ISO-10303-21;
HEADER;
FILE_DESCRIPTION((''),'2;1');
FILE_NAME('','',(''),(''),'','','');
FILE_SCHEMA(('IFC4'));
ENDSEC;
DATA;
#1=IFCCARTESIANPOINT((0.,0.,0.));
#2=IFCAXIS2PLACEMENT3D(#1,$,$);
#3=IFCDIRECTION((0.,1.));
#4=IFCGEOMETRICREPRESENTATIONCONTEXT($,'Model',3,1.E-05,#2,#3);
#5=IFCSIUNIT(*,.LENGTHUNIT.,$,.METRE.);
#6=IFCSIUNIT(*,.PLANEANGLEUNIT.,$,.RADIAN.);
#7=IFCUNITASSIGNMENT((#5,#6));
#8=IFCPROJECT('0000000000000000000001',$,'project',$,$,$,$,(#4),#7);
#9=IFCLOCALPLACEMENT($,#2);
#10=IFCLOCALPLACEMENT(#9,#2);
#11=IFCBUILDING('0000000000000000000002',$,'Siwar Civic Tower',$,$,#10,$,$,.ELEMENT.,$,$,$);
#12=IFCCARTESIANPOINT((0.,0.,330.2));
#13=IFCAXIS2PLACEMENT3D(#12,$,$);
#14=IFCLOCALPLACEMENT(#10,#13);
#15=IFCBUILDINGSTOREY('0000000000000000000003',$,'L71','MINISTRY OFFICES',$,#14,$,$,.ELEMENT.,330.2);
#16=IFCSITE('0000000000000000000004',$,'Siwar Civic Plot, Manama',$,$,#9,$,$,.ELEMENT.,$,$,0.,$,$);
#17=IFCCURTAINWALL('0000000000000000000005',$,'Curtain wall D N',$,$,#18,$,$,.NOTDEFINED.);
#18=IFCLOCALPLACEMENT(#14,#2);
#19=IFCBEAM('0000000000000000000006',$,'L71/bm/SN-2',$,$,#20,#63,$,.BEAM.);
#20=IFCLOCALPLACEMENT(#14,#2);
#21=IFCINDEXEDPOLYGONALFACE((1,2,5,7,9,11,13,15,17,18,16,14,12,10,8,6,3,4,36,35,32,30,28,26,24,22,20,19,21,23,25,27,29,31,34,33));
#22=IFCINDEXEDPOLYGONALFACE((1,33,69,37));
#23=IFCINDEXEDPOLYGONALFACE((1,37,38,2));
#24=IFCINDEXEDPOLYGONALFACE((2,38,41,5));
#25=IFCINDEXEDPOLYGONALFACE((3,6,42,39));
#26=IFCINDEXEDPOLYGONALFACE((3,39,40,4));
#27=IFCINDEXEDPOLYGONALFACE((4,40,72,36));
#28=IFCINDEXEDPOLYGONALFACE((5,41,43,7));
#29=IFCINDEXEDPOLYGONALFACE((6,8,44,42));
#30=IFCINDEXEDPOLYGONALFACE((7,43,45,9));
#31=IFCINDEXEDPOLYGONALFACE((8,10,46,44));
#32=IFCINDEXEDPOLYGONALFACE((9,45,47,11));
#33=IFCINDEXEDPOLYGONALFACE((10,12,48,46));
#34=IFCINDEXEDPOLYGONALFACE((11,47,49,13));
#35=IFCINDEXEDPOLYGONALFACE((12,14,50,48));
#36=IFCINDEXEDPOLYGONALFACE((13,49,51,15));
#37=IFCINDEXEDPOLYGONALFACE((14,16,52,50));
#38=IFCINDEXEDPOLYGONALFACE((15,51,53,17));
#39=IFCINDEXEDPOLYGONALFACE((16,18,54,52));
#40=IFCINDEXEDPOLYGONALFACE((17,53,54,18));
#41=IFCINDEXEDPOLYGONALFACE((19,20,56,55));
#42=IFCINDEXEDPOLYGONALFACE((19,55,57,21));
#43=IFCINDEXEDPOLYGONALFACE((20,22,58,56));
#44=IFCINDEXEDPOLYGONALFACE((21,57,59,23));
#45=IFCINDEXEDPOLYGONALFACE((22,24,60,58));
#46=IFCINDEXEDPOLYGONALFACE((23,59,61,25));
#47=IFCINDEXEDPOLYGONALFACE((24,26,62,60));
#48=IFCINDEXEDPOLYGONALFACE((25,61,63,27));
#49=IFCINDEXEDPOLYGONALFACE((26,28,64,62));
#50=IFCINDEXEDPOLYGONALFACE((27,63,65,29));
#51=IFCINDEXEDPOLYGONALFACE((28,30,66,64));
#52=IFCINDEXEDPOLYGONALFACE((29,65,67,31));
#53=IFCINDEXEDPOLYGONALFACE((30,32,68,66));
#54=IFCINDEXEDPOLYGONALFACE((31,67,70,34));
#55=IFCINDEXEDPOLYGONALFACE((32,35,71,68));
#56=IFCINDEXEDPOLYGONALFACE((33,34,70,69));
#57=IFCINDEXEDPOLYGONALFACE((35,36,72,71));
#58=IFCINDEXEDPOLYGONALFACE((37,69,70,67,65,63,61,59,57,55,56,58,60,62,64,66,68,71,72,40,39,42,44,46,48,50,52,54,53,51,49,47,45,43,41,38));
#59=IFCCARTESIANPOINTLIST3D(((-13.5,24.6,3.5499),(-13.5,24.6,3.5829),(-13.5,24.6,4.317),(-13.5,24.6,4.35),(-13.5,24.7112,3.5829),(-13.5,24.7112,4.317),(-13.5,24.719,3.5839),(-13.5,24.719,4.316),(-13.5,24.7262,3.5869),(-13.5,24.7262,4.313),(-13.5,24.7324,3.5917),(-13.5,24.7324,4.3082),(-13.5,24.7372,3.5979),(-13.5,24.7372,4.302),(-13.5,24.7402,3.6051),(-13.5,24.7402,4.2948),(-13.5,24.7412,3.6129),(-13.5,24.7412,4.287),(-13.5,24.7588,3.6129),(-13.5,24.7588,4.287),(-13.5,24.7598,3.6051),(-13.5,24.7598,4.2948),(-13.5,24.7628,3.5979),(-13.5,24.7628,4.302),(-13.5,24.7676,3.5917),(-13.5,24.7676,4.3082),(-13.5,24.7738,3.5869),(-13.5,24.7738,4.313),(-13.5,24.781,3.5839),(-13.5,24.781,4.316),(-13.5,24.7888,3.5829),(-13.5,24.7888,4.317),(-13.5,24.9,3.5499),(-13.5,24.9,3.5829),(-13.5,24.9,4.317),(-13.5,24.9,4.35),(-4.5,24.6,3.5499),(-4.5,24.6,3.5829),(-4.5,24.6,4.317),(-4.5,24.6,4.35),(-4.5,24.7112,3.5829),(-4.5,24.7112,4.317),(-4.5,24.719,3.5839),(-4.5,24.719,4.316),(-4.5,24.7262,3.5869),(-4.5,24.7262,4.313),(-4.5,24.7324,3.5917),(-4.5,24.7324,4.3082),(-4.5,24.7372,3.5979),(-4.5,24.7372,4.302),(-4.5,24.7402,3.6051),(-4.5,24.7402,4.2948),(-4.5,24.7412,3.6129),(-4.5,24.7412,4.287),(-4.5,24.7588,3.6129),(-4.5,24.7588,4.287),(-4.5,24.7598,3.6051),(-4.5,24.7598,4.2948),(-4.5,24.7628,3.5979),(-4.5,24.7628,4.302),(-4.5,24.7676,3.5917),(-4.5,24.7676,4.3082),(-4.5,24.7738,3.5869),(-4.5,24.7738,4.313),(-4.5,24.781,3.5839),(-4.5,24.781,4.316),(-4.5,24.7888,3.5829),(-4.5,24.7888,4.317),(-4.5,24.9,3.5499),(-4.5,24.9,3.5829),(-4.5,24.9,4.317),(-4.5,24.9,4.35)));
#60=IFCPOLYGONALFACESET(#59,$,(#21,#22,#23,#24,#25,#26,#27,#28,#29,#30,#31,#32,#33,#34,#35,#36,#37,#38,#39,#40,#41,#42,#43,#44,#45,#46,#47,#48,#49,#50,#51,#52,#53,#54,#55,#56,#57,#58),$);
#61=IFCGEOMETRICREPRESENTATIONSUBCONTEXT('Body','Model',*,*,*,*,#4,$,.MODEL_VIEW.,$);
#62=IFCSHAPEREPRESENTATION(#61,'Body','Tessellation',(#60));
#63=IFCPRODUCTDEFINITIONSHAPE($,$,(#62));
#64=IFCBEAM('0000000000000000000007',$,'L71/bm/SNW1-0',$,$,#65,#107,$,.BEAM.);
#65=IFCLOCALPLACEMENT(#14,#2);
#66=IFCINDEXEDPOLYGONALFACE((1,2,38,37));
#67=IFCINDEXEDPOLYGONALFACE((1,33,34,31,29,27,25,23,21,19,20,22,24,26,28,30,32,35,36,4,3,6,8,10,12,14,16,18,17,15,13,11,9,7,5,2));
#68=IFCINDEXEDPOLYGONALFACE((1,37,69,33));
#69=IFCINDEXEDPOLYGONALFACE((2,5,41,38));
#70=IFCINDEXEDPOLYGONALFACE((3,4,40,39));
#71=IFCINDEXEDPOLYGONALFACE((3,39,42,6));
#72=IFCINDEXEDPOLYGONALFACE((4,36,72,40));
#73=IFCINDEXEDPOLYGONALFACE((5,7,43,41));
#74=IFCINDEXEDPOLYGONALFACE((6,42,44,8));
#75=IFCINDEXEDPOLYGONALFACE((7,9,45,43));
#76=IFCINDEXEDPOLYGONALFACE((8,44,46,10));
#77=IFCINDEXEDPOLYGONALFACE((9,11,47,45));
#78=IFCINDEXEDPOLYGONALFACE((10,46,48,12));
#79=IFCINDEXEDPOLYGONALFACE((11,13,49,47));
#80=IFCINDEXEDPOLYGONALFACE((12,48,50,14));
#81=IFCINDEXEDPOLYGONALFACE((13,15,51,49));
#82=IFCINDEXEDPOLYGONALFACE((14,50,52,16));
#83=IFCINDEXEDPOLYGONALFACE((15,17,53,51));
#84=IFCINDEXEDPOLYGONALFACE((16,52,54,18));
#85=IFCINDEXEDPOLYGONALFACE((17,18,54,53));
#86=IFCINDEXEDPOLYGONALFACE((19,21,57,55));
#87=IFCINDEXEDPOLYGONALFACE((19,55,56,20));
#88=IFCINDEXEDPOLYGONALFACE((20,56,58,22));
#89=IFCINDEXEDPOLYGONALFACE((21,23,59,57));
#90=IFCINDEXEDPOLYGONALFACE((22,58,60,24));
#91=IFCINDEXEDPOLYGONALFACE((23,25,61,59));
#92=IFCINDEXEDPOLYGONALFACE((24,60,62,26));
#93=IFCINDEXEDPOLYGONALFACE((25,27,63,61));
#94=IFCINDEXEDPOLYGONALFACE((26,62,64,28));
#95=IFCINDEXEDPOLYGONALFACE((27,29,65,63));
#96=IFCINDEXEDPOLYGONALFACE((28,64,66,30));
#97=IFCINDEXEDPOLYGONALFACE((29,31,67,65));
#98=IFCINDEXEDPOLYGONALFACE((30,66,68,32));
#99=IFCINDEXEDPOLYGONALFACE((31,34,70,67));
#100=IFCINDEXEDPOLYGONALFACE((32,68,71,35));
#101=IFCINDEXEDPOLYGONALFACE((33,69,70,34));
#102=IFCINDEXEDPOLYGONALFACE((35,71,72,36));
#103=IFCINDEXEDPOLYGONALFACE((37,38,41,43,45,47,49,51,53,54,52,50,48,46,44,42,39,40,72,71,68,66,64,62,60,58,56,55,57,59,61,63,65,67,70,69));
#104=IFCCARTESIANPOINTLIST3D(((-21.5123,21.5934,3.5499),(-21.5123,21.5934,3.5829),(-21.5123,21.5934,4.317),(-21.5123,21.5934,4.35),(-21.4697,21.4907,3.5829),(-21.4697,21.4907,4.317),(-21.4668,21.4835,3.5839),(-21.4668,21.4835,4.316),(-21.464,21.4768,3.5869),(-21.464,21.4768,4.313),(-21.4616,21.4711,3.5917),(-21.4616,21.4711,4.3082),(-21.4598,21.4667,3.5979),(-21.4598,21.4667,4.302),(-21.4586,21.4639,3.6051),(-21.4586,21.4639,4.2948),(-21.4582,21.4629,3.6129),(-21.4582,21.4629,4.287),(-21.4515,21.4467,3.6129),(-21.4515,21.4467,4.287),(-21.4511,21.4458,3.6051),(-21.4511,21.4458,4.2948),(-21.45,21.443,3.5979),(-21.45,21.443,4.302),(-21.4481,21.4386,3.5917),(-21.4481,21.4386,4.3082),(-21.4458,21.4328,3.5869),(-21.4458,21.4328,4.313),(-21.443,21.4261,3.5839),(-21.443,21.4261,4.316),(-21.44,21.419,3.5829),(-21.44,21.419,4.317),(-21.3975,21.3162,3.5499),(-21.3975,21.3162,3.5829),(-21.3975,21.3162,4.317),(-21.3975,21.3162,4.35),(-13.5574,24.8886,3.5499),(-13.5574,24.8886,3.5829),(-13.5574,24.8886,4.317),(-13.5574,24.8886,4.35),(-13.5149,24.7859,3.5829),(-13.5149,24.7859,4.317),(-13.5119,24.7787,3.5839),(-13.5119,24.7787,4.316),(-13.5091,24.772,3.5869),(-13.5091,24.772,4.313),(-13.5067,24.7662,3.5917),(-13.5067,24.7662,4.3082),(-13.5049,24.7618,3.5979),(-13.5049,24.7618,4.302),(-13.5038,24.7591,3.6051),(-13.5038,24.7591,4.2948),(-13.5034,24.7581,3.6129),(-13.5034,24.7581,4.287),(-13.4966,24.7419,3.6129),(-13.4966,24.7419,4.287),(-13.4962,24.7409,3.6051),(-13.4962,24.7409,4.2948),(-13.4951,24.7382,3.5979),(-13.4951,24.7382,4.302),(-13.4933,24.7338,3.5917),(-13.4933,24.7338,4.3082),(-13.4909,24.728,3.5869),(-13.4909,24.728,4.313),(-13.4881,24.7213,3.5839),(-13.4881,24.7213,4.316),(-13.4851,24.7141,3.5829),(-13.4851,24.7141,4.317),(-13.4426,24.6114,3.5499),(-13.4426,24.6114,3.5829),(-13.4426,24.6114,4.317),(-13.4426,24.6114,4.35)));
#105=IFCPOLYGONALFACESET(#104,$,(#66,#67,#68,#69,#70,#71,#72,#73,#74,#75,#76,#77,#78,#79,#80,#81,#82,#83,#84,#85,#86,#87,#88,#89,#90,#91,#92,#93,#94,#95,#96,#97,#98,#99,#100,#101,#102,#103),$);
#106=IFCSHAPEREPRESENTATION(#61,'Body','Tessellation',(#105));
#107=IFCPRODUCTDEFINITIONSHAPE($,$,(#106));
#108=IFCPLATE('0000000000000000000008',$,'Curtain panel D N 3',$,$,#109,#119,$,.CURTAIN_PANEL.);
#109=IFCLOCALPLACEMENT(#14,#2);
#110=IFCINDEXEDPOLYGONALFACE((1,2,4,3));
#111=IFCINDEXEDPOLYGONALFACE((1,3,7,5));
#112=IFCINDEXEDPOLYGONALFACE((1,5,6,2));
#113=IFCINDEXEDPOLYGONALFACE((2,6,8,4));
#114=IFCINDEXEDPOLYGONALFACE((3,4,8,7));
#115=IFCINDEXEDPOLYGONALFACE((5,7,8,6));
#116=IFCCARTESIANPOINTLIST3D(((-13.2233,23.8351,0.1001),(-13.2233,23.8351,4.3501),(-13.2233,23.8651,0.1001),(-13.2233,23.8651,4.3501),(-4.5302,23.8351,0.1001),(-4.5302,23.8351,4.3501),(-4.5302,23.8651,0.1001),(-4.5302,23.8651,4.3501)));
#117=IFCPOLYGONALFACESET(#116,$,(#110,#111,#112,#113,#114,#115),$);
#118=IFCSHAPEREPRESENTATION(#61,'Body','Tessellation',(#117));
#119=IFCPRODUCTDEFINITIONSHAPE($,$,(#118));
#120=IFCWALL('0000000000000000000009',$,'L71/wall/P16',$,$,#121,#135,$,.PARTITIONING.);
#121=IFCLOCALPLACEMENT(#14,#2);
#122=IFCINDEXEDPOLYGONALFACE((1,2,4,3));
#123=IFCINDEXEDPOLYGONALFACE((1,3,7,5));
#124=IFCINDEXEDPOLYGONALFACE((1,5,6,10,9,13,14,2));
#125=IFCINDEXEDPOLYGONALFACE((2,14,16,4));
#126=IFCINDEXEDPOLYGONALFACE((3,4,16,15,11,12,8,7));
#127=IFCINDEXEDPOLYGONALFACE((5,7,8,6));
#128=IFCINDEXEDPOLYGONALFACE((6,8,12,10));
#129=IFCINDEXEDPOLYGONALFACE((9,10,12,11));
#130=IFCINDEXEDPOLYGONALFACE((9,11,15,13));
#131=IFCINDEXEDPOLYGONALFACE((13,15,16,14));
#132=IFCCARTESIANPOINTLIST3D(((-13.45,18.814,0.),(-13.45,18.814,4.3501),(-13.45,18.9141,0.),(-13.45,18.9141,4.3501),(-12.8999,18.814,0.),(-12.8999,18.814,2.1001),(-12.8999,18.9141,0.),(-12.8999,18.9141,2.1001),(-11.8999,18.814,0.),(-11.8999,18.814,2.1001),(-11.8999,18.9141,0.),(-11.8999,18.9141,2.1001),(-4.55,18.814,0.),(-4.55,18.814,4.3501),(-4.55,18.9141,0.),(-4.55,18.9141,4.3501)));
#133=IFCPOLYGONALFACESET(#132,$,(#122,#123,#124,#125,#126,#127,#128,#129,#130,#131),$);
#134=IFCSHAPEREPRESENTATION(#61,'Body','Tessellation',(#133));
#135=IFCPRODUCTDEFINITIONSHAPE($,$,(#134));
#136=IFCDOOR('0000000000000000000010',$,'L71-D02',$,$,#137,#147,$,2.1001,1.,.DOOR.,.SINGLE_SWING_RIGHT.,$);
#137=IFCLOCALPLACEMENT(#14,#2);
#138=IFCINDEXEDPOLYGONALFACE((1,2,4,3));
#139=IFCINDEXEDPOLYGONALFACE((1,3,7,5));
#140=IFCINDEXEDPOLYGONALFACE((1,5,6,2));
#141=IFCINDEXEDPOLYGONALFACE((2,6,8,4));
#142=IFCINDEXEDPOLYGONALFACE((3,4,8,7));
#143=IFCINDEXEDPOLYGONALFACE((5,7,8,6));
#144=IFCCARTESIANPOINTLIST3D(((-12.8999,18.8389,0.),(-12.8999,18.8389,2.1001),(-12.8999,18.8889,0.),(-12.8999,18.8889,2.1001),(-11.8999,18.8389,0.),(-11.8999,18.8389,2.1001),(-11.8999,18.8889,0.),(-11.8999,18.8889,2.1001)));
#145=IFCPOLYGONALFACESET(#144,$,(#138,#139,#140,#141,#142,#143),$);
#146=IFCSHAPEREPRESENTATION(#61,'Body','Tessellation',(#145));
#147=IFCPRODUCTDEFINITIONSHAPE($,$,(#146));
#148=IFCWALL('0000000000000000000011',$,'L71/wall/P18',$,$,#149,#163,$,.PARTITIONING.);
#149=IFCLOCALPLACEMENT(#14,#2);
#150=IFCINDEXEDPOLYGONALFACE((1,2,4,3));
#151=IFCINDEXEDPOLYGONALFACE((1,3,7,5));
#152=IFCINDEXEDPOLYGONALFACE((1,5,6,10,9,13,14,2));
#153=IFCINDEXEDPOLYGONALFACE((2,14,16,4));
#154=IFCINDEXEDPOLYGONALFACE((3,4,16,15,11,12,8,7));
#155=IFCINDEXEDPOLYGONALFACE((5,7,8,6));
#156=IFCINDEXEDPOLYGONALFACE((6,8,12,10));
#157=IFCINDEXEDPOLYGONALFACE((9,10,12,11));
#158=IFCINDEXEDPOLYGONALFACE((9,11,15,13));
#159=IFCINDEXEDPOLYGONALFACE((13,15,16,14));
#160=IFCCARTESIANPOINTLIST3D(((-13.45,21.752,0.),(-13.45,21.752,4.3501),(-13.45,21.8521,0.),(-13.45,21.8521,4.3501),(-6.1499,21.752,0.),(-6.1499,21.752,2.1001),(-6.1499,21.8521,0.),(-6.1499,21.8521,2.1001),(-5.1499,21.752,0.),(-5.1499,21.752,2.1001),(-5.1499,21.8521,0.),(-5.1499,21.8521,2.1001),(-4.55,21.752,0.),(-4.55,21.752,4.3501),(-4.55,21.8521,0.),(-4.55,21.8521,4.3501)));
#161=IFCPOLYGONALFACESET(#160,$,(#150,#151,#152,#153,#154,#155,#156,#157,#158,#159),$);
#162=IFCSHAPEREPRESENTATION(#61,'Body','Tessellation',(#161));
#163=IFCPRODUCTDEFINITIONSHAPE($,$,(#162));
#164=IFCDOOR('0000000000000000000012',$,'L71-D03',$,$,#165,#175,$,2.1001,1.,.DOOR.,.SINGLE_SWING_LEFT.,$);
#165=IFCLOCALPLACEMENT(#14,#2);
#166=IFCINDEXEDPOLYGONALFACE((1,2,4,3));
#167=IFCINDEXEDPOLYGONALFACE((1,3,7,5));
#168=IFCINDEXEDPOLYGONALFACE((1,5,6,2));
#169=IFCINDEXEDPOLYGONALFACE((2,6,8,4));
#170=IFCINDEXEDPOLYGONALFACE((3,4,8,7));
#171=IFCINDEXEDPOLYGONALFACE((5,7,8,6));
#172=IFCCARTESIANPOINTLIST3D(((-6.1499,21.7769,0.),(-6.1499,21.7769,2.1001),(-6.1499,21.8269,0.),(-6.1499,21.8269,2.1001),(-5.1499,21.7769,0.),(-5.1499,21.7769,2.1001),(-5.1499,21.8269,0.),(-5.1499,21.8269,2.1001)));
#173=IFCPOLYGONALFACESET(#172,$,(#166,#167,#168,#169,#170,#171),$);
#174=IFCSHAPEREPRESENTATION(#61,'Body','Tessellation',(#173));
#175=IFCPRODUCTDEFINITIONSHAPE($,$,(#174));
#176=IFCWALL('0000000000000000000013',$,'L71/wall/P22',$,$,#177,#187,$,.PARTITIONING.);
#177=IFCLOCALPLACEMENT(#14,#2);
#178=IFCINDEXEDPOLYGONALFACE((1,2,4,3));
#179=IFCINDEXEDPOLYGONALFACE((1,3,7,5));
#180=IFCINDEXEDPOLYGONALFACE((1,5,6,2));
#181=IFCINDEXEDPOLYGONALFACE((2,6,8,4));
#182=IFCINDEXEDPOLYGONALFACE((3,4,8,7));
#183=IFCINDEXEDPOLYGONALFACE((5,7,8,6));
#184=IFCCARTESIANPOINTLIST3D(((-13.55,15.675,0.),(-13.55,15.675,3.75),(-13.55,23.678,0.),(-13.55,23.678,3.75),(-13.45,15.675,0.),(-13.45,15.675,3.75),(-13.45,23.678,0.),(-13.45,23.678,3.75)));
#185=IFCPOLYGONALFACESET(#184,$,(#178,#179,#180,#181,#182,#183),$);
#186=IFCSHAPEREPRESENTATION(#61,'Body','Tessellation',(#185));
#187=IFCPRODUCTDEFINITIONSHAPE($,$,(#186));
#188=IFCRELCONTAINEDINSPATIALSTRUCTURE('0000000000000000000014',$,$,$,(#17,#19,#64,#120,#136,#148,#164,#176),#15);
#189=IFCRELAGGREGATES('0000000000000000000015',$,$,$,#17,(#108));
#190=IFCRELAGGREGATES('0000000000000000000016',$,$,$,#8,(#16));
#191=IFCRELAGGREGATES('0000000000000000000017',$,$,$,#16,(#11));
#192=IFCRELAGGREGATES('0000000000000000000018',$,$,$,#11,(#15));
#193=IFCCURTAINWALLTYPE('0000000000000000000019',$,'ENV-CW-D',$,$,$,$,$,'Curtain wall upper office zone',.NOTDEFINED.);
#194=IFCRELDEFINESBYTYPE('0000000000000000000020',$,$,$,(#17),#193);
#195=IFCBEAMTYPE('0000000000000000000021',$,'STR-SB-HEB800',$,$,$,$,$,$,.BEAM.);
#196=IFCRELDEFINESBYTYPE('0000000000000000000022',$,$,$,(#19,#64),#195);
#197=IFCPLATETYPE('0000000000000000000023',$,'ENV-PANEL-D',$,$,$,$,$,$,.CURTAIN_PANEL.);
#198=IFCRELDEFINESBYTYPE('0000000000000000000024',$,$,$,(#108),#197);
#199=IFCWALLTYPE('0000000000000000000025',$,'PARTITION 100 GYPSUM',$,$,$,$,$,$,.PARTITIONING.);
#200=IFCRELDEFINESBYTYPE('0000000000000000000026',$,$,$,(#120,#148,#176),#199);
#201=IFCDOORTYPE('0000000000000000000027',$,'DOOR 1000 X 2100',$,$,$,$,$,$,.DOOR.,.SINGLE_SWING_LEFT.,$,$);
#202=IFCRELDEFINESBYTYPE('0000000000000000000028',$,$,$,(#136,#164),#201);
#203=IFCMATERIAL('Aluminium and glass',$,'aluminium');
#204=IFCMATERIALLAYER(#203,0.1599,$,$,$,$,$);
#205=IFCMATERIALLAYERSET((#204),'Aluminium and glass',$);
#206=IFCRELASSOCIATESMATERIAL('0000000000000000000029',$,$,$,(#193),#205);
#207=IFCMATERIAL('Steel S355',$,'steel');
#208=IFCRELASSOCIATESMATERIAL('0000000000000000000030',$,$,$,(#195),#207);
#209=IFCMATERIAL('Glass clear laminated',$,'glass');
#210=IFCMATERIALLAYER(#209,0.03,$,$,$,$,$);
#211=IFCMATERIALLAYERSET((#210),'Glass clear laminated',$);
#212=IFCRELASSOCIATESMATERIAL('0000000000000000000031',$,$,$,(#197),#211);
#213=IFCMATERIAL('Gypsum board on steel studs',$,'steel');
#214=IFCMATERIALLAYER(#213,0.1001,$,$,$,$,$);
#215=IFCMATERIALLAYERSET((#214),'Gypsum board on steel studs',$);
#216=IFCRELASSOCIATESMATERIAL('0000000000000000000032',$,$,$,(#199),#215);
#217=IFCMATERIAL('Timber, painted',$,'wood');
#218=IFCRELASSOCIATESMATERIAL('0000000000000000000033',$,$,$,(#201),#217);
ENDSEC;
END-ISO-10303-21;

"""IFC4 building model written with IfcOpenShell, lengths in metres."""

from ifc_helpers import new_model, si_unit, direction, frame, frame_2d, origin, origin_2d, place, context, subcontext, project, spatial, rectangle, i_section, extrude, material, layer, layer_set, material_profile, profile_set, type_object, element, fill, aggregate, save


model = new_model("IFC4")

# Units and contexts
model_context = context("Model", 3, precision=1e-05, world=origin(), true_north=direction((0.0, 1.0)))
body_context = subcontext(model_context, "Body", "Model", "MODEL_VIEW")
ifc_project = project(units=[si_unit("LENGTHUNIT", "METRE"), si_unit("PLANEANGLEUNIT", "RADIAN")], contexts=[model_context])

# Site, building, storey
site_placement = place(None, origin())
site = spatial("IfcSite", under=ifc_project, at=site_placement, Name="Siwar Civic Plot, Manama", CompositionType="ELEMENT", RefElevation=0.0)
building_placement = place(site_placement, origin())
building = spatial("IfcBuilding", under=site, at=building_placement, Name="Siwar Civic Tower", CompositionType="ELEMENT")
storey_placement = place(building_placement, frame((0.0, 0.0, 330.2)))
storey = spatial("IfcBuildingStorey", under=building, at=storey_placement, Name="L71", Description="MINISTRY OFFICES", CompositionType="ELEMENT", Elevation=330.2)

# Curtain wall
ifc_material_1 = material(Name="Aluminium and glass", Category="aluminium")
ifc_layer_1 = layer(ifc_material_1, 0.1599)
ifc_layer_set_1 = layer_set([ifc_layer_1], Name="Aluminium and glass")
curtain_wall_type_1 = type_object("IfcCurtainWallType", Name="ENV-CW-D", ElementType="Curtain wall upper office zone", PredefinedType="NOTDEFINED", material=ifc_layer_set_1)
curtain_wall_1_placement = place(storey_placement, origin())
curtain_wall_1 = element("IfcCurtainWall", 1, at=curtain_wall_1_placement, inside=storey, type_object=curtain_wall_type_1, Name="Curtain wall D N", PredefinedType="NOTDEFINED")

# Beams
ifc_material_2 = material(Name="Steel S355", Category="steel")
ifc_material_profile_1 = material_profile(ifc_material_2, i_section(OverallWidth=0.3, OverallDepth=0.8, WebThickness=0.0176, FlangeThickness=0.033, FilletRadius=0.03, at=origin_2d()), Name="HEB800")
ifc_profile_set_1 = profile_set([ifc_material_profile_1], Name="Steel S355")
beam_type_1 = type_object("IfcBeamType", Name="STR-SB-HEB800", PredefinedType="BEAM", material=ifc_profile_set_1)
beam_1_placement = place(storey_placement, frame((-4.5, 24.75, 3.95), z_axis=(-1.0, 0.0, 0.0), x_axis=(0.0, -1.0, 0.0)))
element("IfcBeam", 2, at=beam_1_placement, inside=storey, type_object=beam_type_1, Name="L71/bm/SN-2", PredefinedType="BEAM", context=body_context, shape_type="SweptSolid", body=[
    extrude(i_section(OverallWidth=0.3, OverallDepth=0.8, WebThickness=0.0176, FlangeThickness=0.033, FilletRadius=0.03, at=origin_2d()), origin(), (0.0, 0.0, 1.0), 9.0),
])
beam_2_placement = place(storey_placement, frame((-13.5, 24.75, 3.95), z_axis=(-0.923873, -0.3827, 0.0), x_axis=(0.3827, -0.923873, 0.0)))
element("IfcBeam", 3, at=beam_2_placement, inside=storey, type_object=beam_type_1, Name="L71/bm/SNW1-0", PredefinedType="BEAM", context=body_context, shape_type="SweptSolid", body=[
    extrude(i_section(OverallWidth=0.3, OverallDepth=0.8, WebThickness=0.0176, FlangeThickness=0.033, FilletRadius=0.03, at=origin_2d()), origin(), (0.0, 0.0, 1.0), 8.6104),
])

# Plate
ifc_material_3 = material(Name="Glass clear laminated", Category="glass")
ifc_layer_2 = layer(ifc_material_3, 0.03)
ifc_layer_set_2 = layer_set([ifc_layer_2], Name="Glass clear laminated")
plate_type = type_object("IfcPlateType", Name="ENV-PANEL-D", PredefinedType="CURTAIN_PANEL", material=ifc_layer_set_2)
plate_placement = place(storey_placement, frame((-8.8767, 23.8501, 0.1001), z_axis=(0.0, 0.0, 1.0), x_axis=(-1.0, 0.0, 0.0)))
plate = element("IfcPlate", 4, at=plate_placement, type_object=plate_type, Name="Curtain panel D N 3", PredefinedType="CURTAIN_PANEL", context=body_context, shape_type="SweptSolid", body=[
    extrude(rectangle(XDim=8.6931, YDim=0.03, at=origin_2d()), origin(), (0.0, 0.0, 1.0), 4.25),
])
aggregate(curtain_wall_1, [plate])

# Walls, openings, doors
ifc_material_4 = material(Name="Gypsum board on steel studs", Category="steel")
ifc_layer_3 = layer(ifc_material_4, 0.1001)
ifc_layer_set_3 = layer_set([ifc_layer_3], Name="Gypsum board on steel studs")
wall_type = type_object("IfcWallType", Name="PARTITION 100 GYPSUM", PredefinedType="PARTITIONING", material=ifc_layer_set_3)
wall_1_placement = place(storey_placement, frame((-13.45, 18.864, 0.0), z_axis=(0.0, 0.0, 1.0), x_axis=(1.0, 0.0, 0.0)))
wall_1 = element("IfcWall", 5, at=wall_1_placement, inside=storey, type_object=wall_type, Name="L71/wall/P16", PredefinedType="PARTITIONING", context=body_context, shape_type="SweptSolid", body=[
    extrude(rectangle(XDim=8.8999, YDim=0.1001, at=frame_2d((4.45, 0.0))), origin(), (0.0, 0.0, 1.0), 4.3501),
])
opening_1_placement = place(wall_1_placement, frame((0.55, 0.0, 0.0)))
opening_1 = element("IfcOpeningElement", 6, at=opening_1_placement, cuts=wall_1, PredefinedType="OPENING", context=body_context, shape_type="SweptSolid", body=[
    extrude(rectangle(XDim=1.0, YDim=2.1001, at=frame_2d((0.5, 1.05))), frame((0.0, 0.0601, 0.0), z_axis=(0.0, -1.0, 0.0), x_axis=(1.0, 0.0, 0.0)), (0.0, 0.0, 1.0), 0.1201),
])
ifc_material_5 = material(Name="Timber, painted", Category="wood")
door_type = type_object("IfcDoorType", Name="DOOR 1000 X 2100", OperationType="SINGLE_SWING_LEFT", PredefinedType="DOOR", material=ifc_material_5)
door_1_placement = place(opening_1_placement, origin())
door_1 = element("IfcDoor", 7, at=door_1_placement, inside=storey, type_object=door_type, Name="L71-D02", OperationType="SINGLE_SWING_RIGHT", OverallHeight=2.1001, OverallWidth=1.0, PredefinedType="DOOR", context=body_context, shape_type="SweptSolid", body=[
    extrude(rectangle(XDim=1.0, YDim=2.1001, at=frame_2d((0.5, 1.05))), frame((0.0, 0.0249, 0.0), z_axis=(0.0, -1.0, 0.0), x_axis=(1.0, 0.0, 0.0)), (0.0, 0.0, 1.0), 0.05),
])
fill(opening_1, door_1)
wall_2_placement = place(storey_placement, frame((-13.45, 21.802, 0.0), z_axis=(0.0, 0.0, 1.0), x_axis=(1.0, 0.0, 0.0)))
wall_2 = element("IfcWall", 8, at=wall_2_placement, inside=storey, type_object=wall_type, Name="L71/wall/P18", PredefinedType="PARTITIONING", context=body_context, shape_type="SweptSolid", body=[
    extrude(rectangle(XDim=8.8999, YDim=0.1001, at=frame_2d((4.45, 0.0))), origin(), (0.0, 0.0, 1.0), 4.3501),
])
opening_2_placement = place(wall_2_placement, frame((7.3, 0.0, 0.0)))
opening_2 = element("IfcOpeningElement", 9, at=opening_2_placement, cuts=wall_2, PredefinedType="OPENING", context=body_context, shape_type="SweptSolid", body=[
    extrude(rectangle(XDim=1.0, YDim=2.1001, at=frame_2d((0.5, 1.05))), frame((0.0, 0.0601, 0.0), z_axis=(0.0, -1.0, 0.0), x_axis=(1.0, 0.0, 0.0)), (0.0, 0.0, 1.0), 0.1201),
])
door_2_placement = place(opening_2_placement, origin())
door_2 = element("IfcDoor", 10, at=door_2_placement, inside=storey, type_object=door_type, Name="L71-D03", OperationType="SINGLE_SWING_LEFT", OverallHeight=2.1001, OverallWidth=1.0, PredefinedType="DOOR", context=body_context, shape_type="SweptSolid", body=[
    extrude(rectangle(XDim=1.0, YDim=2.1001, at=frame_2d((0.5, 1.05))), frame((0.0, 0.0249, 0.0), z_axis=(0.0, -1.0, 0.0), x_axis=(1.0, 0.0, 0.0)), (0.0, 0.0, 1.0), 0.05),
])
fill(opening_2, door_2)

# Wall
wall_3_placement = place(storey_placement, frame((-13.5, 15.675, 0.0), z_axis=(0.0, 0.0, 1.0), x_axis=(0.0, 1.0, 0.0)))
element("IfcWall", 11, at=wall_3_placement, inside=storey, type_object=wall_type, Name="L71/wall/P22", PredefinedType="PARTITIONING", context=body_context, shape_type="SweptSolid", body=[
    extrude(rectangle(XDim=8.0029, YDim=0.1001, at=frame_2d((4.0015, 0.0))), origin(), (0.0, 0.0, 1.0), 3.75),
])

save(model, "model.ifc")
